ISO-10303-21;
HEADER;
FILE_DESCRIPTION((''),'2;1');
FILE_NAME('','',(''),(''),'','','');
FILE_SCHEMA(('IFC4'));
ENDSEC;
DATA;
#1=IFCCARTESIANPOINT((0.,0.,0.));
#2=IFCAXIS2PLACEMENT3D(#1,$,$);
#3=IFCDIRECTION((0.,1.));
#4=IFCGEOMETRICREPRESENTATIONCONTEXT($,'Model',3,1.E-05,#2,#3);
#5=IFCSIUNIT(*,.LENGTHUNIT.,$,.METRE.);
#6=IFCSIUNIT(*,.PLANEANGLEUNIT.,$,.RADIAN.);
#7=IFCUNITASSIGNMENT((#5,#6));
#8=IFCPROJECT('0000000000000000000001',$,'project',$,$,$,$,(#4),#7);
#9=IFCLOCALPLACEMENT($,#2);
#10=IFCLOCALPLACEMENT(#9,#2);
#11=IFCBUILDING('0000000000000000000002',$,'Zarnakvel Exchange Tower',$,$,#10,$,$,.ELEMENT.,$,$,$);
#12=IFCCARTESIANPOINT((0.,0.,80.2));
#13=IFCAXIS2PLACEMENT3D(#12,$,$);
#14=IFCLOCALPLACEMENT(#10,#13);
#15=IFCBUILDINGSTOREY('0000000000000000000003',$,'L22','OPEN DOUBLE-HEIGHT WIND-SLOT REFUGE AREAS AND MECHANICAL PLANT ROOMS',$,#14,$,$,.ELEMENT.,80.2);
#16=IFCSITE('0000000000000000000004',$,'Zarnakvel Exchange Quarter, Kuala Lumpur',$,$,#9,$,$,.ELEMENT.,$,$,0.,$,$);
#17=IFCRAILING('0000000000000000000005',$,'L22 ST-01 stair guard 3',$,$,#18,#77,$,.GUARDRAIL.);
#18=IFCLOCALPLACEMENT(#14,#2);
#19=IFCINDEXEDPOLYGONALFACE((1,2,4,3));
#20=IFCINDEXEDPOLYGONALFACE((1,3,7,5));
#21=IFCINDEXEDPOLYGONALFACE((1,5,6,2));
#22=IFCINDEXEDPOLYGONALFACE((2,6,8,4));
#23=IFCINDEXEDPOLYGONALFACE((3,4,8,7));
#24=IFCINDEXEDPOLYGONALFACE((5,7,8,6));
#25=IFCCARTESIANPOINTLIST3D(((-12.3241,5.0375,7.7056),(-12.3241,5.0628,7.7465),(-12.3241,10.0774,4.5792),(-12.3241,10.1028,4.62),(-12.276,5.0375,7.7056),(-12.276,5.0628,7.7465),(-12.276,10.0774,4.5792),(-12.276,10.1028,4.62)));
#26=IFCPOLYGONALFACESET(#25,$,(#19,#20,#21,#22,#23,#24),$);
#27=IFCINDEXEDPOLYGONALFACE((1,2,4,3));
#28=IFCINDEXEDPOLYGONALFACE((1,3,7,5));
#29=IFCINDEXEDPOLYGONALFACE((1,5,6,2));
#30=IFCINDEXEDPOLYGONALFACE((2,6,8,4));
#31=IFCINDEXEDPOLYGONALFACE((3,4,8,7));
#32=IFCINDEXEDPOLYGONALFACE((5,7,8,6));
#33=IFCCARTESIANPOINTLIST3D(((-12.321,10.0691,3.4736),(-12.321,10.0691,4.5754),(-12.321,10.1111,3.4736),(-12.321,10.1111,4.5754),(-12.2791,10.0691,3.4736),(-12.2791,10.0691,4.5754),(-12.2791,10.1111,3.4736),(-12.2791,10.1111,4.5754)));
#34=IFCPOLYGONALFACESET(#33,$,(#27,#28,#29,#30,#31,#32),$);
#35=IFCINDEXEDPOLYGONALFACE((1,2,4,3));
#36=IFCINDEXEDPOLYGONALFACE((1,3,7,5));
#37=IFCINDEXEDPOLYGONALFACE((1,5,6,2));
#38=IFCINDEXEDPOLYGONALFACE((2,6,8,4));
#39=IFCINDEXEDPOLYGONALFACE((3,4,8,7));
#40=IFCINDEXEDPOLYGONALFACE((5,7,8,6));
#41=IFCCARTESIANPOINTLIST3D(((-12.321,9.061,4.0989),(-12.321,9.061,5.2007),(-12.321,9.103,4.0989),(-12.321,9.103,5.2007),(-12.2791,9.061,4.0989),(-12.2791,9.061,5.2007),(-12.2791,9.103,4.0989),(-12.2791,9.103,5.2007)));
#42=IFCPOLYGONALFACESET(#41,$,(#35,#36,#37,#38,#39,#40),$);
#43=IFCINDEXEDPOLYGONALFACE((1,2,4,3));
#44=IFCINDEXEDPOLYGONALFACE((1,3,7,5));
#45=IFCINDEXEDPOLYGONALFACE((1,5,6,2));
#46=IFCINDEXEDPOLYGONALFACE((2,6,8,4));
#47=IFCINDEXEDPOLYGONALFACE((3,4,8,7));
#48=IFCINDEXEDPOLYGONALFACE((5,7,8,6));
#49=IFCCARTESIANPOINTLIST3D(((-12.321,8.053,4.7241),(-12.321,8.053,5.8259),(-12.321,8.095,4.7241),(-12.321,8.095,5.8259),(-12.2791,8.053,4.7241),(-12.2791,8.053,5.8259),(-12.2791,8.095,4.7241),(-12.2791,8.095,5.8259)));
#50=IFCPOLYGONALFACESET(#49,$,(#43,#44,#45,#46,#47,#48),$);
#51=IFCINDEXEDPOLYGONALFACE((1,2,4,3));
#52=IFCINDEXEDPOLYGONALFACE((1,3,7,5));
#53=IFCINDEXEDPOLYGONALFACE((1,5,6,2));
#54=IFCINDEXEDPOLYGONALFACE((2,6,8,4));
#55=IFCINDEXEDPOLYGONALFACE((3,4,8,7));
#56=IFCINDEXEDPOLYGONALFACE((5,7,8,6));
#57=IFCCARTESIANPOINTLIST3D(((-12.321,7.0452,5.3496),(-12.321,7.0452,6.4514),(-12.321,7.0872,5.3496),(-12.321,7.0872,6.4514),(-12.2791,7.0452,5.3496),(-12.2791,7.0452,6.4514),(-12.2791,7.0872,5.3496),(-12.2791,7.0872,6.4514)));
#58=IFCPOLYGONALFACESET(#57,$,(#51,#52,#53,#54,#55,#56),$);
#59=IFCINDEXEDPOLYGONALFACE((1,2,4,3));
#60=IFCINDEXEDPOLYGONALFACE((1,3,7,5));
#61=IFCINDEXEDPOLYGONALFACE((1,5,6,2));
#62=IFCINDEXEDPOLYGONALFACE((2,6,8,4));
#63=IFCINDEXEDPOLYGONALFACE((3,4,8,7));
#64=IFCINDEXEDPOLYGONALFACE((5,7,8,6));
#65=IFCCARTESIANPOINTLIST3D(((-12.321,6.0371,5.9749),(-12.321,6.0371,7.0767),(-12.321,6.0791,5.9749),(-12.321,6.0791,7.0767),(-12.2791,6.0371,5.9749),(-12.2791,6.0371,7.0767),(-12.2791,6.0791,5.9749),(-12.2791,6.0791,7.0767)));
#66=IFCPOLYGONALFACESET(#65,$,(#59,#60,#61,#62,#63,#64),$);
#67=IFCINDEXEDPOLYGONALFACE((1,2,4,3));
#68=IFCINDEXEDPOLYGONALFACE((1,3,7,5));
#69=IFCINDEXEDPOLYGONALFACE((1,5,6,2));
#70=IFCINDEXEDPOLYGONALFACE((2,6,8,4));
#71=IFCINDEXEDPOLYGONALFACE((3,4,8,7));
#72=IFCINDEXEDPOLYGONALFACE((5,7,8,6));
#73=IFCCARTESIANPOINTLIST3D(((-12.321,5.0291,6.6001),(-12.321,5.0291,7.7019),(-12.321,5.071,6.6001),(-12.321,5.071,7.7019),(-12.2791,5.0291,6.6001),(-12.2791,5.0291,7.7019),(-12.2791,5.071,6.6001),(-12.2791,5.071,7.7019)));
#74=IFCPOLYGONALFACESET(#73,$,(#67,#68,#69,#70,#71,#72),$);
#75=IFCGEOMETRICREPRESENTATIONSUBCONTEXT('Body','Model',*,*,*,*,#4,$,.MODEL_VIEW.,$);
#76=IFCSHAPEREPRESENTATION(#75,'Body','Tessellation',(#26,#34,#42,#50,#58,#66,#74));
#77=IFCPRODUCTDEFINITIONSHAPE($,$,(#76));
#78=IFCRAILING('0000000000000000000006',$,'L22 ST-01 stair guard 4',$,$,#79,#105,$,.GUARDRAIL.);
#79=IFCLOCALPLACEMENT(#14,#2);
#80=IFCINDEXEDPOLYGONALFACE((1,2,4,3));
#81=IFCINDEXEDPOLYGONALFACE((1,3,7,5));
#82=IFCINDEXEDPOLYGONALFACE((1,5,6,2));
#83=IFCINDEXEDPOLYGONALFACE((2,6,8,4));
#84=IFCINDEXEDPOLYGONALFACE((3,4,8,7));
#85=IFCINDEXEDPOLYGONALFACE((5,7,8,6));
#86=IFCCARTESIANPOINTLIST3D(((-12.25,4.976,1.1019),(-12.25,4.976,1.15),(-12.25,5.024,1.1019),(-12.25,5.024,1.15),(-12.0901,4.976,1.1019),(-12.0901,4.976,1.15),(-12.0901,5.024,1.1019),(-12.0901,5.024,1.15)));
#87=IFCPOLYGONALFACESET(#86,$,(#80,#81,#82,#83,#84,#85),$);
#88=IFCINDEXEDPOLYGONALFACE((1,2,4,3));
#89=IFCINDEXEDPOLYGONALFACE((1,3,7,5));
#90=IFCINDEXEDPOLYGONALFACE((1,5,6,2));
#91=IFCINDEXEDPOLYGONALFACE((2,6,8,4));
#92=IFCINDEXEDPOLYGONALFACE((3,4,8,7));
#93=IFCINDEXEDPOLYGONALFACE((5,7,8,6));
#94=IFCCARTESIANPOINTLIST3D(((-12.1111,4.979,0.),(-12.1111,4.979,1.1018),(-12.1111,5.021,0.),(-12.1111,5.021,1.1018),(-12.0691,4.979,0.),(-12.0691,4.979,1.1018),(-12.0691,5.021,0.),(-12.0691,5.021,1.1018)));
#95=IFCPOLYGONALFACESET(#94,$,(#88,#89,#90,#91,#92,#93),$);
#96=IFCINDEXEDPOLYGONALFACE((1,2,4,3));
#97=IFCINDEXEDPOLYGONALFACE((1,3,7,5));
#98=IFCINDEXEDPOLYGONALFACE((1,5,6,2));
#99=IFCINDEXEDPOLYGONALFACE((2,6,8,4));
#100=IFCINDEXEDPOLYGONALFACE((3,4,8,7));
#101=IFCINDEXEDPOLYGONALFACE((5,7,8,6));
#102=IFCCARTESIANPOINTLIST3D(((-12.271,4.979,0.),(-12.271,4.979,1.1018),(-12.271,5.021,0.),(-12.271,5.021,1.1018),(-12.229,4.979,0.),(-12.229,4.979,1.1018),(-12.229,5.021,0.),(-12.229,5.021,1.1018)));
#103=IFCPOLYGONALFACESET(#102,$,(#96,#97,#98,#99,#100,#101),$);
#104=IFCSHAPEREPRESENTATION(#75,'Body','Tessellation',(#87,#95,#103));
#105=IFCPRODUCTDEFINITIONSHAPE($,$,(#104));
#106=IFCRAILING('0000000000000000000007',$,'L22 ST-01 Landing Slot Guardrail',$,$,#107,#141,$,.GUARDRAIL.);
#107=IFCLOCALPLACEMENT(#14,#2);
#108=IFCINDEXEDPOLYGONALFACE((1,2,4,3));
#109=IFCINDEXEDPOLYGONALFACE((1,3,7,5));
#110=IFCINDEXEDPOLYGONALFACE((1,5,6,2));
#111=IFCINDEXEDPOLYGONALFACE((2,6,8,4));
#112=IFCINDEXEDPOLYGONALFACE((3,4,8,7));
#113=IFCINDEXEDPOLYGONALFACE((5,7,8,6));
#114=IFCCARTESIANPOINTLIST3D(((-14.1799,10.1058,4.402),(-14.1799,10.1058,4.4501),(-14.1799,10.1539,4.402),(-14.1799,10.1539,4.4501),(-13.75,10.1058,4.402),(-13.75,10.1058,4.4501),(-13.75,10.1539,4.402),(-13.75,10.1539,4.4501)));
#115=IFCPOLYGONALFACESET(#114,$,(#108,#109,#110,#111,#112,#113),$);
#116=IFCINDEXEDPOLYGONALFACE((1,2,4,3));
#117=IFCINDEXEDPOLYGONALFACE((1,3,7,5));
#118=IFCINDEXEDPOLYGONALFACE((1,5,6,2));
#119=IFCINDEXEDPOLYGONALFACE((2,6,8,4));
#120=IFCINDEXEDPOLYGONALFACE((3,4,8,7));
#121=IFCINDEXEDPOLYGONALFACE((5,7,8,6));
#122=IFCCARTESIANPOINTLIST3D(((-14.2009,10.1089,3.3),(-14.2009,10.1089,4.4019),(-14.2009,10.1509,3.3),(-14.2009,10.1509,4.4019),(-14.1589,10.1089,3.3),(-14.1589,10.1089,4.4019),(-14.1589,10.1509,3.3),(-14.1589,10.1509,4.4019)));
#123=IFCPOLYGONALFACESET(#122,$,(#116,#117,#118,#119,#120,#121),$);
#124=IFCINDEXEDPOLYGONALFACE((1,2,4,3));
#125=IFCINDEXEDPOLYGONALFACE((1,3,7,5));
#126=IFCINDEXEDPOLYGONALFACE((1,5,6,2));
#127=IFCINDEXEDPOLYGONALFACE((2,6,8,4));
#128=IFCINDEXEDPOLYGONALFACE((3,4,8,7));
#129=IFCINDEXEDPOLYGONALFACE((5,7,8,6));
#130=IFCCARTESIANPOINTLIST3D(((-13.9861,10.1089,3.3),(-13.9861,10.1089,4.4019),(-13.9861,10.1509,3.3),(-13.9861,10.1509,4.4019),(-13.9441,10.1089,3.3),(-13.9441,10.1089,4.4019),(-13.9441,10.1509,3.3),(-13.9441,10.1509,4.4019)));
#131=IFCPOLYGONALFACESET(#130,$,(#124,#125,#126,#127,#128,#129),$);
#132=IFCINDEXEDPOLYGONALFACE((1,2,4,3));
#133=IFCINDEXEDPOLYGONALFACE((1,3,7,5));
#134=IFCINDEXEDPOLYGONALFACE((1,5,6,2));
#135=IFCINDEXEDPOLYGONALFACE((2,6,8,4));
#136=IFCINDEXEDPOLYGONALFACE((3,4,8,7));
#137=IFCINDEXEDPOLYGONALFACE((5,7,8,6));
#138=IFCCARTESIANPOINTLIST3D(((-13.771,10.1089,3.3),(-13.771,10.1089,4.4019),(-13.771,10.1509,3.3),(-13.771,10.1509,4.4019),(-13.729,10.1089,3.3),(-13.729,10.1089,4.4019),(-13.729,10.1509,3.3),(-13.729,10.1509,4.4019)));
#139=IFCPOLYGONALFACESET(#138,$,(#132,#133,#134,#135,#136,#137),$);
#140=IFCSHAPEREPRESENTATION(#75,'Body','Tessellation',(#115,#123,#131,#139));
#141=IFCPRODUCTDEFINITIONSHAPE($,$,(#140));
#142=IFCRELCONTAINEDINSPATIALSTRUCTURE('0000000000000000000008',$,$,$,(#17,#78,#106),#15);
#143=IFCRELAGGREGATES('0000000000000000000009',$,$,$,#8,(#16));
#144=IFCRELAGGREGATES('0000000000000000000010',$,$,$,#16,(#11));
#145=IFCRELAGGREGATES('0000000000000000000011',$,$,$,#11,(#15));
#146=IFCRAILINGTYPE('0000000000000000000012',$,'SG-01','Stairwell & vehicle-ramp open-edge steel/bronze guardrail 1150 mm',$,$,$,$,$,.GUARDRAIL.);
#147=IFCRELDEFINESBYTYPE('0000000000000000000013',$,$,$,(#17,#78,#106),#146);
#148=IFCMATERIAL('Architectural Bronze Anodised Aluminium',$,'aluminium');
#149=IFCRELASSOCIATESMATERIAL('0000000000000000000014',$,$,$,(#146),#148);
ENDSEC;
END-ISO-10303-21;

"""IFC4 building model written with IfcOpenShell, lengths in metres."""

from ifc_helpers import new_model, si_unit, direction, frame, origin, origin_2d, place, context, subcontext, project, spatial, rectangle, extrude, material, type_object, element, save


model = new_model("IFC4")

# Units and contexts
model_context = context("Model", 3, precision=1e-05, world=origin(), true_north=direction((0.0, 1.0)))
body_context = subcontext(model_context, "Body", "Model", "MODEL_VIEW")
ifc_project = project(units=[si_unit("LENGTHUNIT", "METRE"), si_unit("PLANEANGLEUNIT", "RADIAN")], contexts=[model_context])

# Site, building, storey
site_placement = place(None, origin())
site = spatial("IfcSite", under=ifc_project, at=site_placement, Name="Zarnakvel Exchange Quarter, Kuala Lumpur", CompositionType="ELEMENT", RefElevation=0.0)
building_placement = place(site_placement, origin())
building = spatial("IfcBuilding", under=site, at=building_placement, Name="Zarnakvel Exchange Tower", CompositionType="ELEMENT")
storey_placement = place(building_placement, frame((0.0, 0.0, 80.2)))
storey = spatial("IfcBuildingStorey", under=building, at=storey_placement, Name="L22", Description="OPEN DOUBLE-HEIGHT WIND-SLOT REFUGE AREAS AND MECHANICAL PLANT ROOMS", CompositionType="ELEMENT", Elevation=80.2)

# Railings
ifc_material_1 = material(Name="Architectural Bronze Anodised Aluminium", Category="aluminium")
railing_type_1 = type_object("IfcRailingType", Name="SG-01", Description="Stairwell & vehicle-ramp open-edge steel/bronze guardrail 1150 mm", PredefinedType="GUARDRAIL", material=ifc_material_1)
railing_1_placement = place(storey_placement, frame((-12.3, 10.0901, 3.4736)))
element("IfcRailing", 1, at=railing_1_placement, inside=storey, type_object=railing_type_1, Name="L22 ST-01 stair guard 3", PredefinedType="GUARDRAIL", context=body_context, shape_type="SweptSolid", body=[
    extrude(rectangle(XDim=0.0481, YDim=0.0481, at=origin_2d()), frame((0.0, 0.0, 1.126), z_axis=(0.0, -0.849779, 0.527139), x_axis=(1.0, 0.0, 0.0)), (0.0, 0.0, 1.0), 5.9309),
    extrude(rectangle(XDim=0.042, YDim=0.042, at=origin_2d()), origin(), (0.0, 0.0, 1.0), 1.1018),
    extrude(rectangle(XDim=0.042, YDim=0.042, at=origin_2d()), frame((0.0, -1.0081, 0.6252)), (0.0, 0.0, 1.0), 1.1018),
    extrude(rectangle(XDim=0.042, YDim=0.042, at=origin_2d()), frame((0.0, -2.0161, 1.2505)), (0.0, 0.0, 1.0), 1.1018),
    extrude(rectangle(XDim=0.042, YDim=0.042, at=origin_2d()), frame((0.0, -3.0239, 1.876)), (0.0, 0.0, 1.0), 1.1018),
    extrude(rectangle(XDim=0.042, YDim=0.042, at=origin_2d()), frame((0.0, -4.032, 2.5012)), (0.0, 0.0, 1.0), 1.1018),
    extrude(rectangle(XDim=0.042, YDim=0.042, at=origin_2d()), frame((0.0, -5.04, 3.1265)), (0.0, 0.0, 1.0), 1.1018),
])
railing_2_placement = place(storey_placement, frame((-12.0901, 5.0, 0.0)))
element("IfcRailing", 2, at=railing_2_placement, inside=storey, type_object=railing_type_1, Name="L22 ST-01 stair guard 4", PredefinedType="GUARDRAIL", context=body_context, shape_type="SweptSolid", body=[
    extrude(rectangle(XDim=0.0481, YDim=0.0481, at=origin_2d()), frame((0.0, 0.0, 1.126), z_axis=(-1.0, 0.0, 0.0), x_axis=(0.0, -1.0, 0.0)), (0.0, 0.0, 1.0), 0.1599),
    extrude(rectangle(XDim=0.042, YDim=0.042, at=origin_2d()), origin(), (0.0, 0.0, 1.0), 1.1018),
    extrude(rectangle(XDim=0.042, YDim=0.042, at=origin_2d()), frame((-0.1599, 0.0, 0.0)), (0.0, 0.0, 1.0), 1.1018),
])
railing_3_placement = place(storey_placement, frame((-14.1799, 10.1299, 3.3)))
element("IfcRailing", 3, at=railing_3_placement, inside=storey, type_object=railing_type_1, Name="L22 ST-01 Landing Slot Guardrail", PredefinedType="GUARDRAIL", context=body_context, shape_type="SweptSolid", body=[
    extrude(rectangle(XDim=0.0481, YDim=0.0481, at=origin_2d()), frame((0.0, 0.0, 1.126), z_axis=(1.0, 0.0, 0.0), x_axis=(0.0, 1.0, 0.0)), (0.0, 0.0, 1.0), 0.4299),
    extrude(rectangle(XDim=0.042, YDim=0.042, at=origin_2d()), origin(), (0.0, 0.0, 1.0), 1.1018),
    extrude(rectangle(XDim=0.042, YDim=0.042, at=origin_2d()), frame((0.2148, 0.0, 0.0)), (0.0, 0.0, 1.0), 1.1018),
    extrude(rectangle(XDim=0.042, YDim=0.042, at=origin_2d()), frame((0.4299, 0.0, 0.0)), (0.0, 0.0, 1.0), 1.1018),
])

save(model, "model.ifc")
